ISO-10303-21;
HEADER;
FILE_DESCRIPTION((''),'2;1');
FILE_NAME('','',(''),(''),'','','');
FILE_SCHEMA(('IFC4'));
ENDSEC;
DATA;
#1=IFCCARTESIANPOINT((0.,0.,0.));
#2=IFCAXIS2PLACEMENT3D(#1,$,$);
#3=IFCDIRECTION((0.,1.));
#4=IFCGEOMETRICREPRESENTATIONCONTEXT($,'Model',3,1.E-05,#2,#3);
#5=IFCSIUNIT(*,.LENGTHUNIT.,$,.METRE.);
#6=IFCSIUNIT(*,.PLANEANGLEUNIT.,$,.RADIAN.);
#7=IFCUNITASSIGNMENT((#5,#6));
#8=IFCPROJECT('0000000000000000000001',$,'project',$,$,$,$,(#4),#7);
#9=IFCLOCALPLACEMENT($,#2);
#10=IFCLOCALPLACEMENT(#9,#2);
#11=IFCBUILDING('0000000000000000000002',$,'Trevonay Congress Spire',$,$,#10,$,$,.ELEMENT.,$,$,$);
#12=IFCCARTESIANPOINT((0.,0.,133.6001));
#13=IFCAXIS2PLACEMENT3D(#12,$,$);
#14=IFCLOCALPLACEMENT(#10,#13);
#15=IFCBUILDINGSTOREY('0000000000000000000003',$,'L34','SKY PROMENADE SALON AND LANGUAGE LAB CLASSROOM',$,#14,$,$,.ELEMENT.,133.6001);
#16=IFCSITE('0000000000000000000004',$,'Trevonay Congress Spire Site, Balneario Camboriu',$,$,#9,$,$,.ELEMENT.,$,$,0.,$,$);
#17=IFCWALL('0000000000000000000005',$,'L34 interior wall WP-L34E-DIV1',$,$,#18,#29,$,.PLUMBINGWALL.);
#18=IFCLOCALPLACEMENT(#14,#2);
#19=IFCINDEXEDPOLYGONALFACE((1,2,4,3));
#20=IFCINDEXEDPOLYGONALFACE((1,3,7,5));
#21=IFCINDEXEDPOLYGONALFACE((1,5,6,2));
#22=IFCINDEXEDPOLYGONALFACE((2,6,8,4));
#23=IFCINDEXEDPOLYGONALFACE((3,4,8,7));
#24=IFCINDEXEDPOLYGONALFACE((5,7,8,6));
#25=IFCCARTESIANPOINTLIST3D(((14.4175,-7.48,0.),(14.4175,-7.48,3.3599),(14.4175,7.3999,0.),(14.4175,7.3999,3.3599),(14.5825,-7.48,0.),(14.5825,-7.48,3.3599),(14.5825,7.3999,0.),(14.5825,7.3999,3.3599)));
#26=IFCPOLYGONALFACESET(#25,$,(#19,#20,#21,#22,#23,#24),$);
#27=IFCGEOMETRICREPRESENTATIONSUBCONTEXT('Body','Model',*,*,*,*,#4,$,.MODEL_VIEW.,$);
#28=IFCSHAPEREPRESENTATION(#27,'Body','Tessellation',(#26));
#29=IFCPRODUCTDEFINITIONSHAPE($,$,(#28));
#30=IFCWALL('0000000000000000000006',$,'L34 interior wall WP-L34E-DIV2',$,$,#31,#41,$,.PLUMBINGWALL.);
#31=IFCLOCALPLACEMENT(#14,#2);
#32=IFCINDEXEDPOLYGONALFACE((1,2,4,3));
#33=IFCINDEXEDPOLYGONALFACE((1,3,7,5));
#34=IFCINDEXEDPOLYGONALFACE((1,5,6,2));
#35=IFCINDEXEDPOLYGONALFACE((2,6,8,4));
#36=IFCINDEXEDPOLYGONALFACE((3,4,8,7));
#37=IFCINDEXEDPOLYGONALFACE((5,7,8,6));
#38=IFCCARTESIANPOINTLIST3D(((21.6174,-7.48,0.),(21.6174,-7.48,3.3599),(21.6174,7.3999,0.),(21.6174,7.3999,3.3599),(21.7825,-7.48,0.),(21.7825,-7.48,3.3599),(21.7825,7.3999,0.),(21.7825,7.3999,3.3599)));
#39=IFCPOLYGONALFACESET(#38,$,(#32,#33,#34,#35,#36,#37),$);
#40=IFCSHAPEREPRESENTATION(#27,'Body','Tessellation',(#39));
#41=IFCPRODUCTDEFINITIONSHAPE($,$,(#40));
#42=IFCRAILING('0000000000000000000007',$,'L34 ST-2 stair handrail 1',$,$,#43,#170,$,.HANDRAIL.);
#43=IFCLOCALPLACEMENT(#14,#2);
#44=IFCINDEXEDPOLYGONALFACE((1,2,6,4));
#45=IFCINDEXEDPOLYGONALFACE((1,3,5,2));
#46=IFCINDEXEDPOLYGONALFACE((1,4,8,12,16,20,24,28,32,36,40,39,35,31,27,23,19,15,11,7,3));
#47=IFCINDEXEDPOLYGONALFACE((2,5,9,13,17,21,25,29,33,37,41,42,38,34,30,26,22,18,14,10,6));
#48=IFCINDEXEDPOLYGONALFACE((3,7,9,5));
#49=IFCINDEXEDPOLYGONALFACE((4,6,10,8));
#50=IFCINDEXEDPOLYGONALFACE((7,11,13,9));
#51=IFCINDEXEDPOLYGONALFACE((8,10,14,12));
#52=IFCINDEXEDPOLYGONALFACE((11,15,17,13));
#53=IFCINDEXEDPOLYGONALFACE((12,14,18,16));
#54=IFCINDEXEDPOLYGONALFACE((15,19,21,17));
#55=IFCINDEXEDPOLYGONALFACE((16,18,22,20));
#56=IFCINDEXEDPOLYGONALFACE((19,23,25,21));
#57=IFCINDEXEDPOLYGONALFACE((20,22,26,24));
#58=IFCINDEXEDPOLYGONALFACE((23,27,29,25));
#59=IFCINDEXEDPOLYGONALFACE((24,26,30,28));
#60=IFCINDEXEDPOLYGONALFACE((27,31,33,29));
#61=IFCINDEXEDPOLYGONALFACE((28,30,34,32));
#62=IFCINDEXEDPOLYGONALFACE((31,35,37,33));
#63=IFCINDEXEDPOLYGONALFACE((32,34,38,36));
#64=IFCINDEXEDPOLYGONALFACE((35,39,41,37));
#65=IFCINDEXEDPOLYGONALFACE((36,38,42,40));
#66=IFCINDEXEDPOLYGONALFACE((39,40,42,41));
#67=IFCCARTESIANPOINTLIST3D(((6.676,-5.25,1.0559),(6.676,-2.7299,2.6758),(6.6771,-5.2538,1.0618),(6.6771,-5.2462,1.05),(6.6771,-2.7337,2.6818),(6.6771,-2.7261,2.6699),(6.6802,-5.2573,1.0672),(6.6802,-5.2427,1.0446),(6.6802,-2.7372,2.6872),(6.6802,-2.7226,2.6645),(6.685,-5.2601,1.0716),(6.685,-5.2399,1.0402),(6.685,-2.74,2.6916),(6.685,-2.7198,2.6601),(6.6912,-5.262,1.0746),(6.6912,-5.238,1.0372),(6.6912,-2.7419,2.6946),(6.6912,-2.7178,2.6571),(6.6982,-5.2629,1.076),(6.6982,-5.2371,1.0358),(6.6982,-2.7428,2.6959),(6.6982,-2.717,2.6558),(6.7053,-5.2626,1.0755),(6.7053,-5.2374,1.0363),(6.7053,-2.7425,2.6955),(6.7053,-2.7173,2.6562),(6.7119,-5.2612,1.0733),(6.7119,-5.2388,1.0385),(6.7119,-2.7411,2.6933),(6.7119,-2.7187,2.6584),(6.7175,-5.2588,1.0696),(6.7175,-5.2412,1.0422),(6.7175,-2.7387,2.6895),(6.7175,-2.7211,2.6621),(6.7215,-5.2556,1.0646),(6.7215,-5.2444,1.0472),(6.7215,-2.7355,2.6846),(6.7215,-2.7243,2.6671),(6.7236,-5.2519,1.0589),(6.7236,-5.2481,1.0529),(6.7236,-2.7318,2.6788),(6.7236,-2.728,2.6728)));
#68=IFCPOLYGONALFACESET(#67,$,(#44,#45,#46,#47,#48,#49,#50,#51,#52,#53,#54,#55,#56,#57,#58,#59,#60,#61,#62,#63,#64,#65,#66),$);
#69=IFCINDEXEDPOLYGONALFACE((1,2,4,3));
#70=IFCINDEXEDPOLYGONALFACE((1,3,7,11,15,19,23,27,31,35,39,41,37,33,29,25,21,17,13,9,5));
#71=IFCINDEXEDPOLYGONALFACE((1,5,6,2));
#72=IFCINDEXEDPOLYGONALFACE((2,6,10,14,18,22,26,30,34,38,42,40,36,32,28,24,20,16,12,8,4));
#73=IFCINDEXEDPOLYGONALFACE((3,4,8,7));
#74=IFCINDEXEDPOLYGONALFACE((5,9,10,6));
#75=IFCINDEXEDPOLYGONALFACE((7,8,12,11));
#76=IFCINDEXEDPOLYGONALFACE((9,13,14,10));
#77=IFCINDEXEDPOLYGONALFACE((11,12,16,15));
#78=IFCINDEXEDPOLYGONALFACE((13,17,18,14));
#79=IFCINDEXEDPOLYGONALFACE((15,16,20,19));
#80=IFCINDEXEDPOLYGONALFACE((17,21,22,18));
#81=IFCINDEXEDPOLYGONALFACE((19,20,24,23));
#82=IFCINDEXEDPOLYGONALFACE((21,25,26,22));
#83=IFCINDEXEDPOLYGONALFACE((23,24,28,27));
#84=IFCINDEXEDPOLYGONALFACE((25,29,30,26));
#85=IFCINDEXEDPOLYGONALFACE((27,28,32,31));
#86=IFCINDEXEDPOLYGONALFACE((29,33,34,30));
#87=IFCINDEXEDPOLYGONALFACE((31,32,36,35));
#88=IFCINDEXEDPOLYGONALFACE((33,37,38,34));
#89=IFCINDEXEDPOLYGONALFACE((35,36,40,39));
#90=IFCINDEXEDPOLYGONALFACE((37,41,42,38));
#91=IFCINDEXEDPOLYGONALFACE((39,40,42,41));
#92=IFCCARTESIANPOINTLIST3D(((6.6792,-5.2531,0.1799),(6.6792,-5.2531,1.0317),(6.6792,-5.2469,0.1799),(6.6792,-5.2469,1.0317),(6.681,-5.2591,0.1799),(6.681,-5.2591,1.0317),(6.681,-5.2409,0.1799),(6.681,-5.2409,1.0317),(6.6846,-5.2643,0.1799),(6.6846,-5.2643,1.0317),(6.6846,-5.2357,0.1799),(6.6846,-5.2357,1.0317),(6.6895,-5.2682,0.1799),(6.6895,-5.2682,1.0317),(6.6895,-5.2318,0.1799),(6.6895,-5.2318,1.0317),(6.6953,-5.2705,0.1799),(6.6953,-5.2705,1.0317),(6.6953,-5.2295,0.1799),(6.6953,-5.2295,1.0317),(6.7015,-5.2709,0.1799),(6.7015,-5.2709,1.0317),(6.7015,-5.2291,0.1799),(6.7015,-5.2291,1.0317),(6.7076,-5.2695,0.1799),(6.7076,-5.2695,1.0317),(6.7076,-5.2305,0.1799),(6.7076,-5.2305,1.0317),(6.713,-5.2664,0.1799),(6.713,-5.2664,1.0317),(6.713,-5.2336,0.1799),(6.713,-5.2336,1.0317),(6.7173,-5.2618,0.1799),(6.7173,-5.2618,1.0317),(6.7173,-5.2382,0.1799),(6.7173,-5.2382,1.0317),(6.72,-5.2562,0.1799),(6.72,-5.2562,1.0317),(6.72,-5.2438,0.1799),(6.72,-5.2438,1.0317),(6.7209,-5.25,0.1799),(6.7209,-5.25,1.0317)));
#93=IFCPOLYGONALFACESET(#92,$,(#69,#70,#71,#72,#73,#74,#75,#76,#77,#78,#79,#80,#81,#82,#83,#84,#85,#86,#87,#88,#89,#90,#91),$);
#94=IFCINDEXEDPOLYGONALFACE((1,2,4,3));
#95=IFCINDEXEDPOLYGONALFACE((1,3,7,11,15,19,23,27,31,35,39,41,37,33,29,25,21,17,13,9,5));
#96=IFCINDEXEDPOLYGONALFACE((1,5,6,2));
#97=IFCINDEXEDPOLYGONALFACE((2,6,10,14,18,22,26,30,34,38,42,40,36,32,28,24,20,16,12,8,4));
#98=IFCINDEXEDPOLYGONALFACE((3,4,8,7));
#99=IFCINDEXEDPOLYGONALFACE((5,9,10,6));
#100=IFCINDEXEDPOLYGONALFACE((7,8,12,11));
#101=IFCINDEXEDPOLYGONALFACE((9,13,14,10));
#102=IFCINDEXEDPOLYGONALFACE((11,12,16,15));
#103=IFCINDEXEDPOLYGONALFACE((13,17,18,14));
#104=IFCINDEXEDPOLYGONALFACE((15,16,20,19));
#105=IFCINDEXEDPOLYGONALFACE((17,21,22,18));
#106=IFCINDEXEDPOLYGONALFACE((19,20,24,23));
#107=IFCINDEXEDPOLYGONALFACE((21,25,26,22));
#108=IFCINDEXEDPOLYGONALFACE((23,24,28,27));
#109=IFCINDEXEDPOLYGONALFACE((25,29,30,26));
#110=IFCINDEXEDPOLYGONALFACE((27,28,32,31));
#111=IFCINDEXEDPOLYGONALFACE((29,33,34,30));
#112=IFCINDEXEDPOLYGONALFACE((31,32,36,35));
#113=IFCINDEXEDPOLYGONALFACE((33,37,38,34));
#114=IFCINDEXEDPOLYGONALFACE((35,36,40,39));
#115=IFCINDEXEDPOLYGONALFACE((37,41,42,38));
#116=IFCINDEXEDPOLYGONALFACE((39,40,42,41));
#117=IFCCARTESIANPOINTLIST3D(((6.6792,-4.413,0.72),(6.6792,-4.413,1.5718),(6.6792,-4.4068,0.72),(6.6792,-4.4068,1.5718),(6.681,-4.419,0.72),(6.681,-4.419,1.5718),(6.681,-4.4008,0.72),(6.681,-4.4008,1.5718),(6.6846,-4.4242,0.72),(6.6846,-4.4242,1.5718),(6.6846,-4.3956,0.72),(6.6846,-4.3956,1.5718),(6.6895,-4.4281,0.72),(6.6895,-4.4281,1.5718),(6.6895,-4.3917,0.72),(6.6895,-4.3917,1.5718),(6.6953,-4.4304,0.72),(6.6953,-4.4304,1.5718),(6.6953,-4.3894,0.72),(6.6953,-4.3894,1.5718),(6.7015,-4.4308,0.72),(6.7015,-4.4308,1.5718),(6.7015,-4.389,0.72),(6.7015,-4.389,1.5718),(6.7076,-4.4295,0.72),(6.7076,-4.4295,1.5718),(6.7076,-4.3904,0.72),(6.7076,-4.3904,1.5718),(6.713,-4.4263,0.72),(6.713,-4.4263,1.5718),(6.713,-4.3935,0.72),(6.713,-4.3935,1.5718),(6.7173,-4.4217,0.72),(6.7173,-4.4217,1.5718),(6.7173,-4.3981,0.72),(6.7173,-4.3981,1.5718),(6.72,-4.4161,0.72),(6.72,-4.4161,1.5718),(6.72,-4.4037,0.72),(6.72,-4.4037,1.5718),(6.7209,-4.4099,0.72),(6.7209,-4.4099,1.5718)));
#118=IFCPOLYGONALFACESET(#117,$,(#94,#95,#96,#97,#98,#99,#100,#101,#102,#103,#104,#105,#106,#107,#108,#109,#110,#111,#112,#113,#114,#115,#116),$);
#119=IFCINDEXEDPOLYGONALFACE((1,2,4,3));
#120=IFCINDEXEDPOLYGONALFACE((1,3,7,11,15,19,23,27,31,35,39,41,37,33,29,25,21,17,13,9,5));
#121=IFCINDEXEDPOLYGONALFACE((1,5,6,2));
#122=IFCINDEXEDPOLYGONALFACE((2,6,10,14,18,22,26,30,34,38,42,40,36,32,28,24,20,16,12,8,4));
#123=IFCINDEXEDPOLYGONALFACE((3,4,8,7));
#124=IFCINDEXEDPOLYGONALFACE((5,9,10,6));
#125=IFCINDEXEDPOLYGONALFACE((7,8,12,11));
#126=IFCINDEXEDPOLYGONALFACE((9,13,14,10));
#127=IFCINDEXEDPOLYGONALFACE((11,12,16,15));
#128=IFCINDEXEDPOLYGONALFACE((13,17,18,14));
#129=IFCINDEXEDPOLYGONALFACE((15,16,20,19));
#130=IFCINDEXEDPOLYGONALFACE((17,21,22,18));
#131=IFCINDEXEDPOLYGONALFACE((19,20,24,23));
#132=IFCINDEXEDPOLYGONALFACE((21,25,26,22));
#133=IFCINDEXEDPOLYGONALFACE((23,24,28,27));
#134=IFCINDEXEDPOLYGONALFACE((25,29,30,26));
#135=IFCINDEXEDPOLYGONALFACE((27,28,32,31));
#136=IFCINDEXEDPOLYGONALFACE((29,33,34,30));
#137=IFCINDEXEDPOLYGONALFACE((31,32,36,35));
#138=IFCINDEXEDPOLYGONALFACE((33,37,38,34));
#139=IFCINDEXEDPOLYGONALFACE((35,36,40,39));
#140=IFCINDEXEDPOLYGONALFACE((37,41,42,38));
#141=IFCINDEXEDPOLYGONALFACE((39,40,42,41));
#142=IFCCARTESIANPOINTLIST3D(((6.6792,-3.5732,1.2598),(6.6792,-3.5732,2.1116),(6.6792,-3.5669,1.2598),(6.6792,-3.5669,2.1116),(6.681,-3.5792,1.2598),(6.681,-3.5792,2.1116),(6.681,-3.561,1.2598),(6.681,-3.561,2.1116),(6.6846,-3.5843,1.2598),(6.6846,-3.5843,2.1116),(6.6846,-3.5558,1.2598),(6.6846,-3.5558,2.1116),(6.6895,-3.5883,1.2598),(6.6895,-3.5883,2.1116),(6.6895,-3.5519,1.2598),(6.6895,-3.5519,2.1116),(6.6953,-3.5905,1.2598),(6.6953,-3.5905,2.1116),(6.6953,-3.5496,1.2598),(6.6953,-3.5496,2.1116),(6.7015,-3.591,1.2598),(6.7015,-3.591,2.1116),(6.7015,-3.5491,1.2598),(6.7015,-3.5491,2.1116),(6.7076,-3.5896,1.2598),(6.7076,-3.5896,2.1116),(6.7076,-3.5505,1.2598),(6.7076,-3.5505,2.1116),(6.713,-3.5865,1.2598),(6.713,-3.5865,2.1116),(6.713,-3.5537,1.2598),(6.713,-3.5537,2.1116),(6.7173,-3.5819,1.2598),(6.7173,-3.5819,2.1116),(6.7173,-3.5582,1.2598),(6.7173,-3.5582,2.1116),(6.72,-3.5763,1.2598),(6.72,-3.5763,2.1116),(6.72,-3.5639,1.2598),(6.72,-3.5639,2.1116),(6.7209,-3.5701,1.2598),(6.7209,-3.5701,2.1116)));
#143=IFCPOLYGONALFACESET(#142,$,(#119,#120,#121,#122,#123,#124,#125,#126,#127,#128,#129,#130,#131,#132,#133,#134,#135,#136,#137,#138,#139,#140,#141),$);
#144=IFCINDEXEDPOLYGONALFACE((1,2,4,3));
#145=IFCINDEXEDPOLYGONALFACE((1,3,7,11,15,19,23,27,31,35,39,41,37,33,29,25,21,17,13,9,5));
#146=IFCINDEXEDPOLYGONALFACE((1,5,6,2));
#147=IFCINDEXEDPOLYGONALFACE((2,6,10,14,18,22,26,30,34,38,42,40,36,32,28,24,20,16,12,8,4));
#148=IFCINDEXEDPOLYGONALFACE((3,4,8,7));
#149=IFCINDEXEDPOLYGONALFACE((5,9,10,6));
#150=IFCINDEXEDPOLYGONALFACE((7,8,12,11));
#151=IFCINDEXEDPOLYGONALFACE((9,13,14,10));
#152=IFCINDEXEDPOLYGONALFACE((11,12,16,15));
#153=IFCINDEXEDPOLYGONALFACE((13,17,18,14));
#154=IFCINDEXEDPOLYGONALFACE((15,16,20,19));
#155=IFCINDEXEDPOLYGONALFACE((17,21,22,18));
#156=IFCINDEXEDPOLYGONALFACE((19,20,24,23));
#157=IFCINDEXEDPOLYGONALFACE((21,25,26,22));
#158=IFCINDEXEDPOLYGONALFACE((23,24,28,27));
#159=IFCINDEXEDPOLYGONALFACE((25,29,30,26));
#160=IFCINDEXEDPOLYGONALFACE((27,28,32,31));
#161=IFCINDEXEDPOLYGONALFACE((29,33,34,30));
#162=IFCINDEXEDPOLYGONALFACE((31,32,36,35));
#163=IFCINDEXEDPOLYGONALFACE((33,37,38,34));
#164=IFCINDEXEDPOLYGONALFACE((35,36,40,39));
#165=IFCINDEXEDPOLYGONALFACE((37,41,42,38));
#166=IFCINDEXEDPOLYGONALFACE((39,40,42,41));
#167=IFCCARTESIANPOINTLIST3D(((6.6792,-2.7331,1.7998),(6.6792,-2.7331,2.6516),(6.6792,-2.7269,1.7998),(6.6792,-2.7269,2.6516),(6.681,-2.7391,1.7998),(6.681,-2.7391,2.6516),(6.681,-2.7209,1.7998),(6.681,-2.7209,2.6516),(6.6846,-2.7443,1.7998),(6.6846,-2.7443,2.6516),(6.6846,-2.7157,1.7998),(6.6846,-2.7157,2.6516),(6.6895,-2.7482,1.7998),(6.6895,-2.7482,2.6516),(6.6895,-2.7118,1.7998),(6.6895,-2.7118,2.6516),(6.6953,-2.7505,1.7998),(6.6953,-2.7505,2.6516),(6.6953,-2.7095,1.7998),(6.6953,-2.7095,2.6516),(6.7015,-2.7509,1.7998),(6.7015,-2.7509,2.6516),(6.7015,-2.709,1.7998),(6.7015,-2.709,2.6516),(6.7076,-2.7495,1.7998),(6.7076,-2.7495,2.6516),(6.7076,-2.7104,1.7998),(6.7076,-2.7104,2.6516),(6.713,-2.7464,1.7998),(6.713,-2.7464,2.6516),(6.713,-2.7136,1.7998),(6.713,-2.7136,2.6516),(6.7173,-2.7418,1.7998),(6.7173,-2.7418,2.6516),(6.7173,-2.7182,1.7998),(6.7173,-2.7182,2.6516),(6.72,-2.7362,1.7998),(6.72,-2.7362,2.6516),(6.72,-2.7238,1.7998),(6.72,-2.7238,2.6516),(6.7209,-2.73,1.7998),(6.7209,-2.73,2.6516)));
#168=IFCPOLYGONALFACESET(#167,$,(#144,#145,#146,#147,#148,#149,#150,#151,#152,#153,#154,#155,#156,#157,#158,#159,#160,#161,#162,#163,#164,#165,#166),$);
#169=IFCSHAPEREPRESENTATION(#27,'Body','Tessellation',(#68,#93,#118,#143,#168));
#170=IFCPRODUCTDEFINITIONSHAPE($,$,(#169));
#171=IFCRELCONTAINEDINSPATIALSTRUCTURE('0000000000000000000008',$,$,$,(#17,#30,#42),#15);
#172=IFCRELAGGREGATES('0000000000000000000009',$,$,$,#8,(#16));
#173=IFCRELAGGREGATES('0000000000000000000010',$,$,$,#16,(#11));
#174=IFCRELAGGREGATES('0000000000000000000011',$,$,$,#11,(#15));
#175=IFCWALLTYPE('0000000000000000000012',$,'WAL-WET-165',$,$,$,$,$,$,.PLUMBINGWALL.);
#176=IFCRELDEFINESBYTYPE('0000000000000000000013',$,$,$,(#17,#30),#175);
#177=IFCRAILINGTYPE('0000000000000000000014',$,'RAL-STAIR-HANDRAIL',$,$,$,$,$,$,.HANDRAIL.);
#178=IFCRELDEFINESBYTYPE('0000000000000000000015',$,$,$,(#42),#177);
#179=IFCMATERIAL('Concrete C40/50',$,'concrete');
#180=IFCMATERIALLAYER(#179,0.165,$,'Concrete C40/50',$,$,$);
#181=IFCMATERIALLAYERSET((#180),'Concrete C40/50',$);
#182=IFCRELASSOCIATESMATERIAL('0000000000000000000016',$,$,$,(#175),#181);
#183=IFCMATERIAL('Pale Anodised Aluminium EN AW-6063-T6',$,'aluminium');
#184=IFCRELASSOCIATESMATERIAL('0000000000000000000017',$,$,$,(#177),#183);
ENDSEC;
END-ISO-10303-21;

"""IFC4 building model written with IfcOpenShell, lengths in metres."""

from ifc_helpers import new_model, si_unit, direction, frame, frame_2d, origin, origin_2d, place, context, subcontext, project, spatial, rectangle, circle, extrude, material, layer, layer_set, type_object, element, save


model = new_model("IFC4")

# Units and contexts
model_context = context("Model", 3, precision=1e-05, world=origin(), true_north=direction((0.0, 1.0)))
body_context = subcontext(model_context, "Body", "Model", "MODEL_VIEW")
ifc_project = project(units=[si_unit("LENGTHUNIT", "METRE"), si_unit("PLANEANGLEUNIT", "RADIAN")], contexts=[model_context])

# Site, building, storey
site_placement = place(None, origin())
site = spatial("IfcSite", under=ifc_project, at=site_placement, Name="Trevonay Congress Spire Site, Balneario Camboriu", CompositionType="ELEMENT", RefElevation=0.0)
building_placement = place(site_placement, origin())
building = spatial("IfcBuilding", under=site, at=building_placement, Name="Trevonay Congress Spire", CompositionType="ELEMENT")
storey_placement = place(building_placement, frame((0.0, 0.0, 133.6001)))
storey = spatial("IfcBuildingStorey", under=building, at=storey_placement, Name="L34", Description="SKY PROMENADE SALON AND LANGUAGE LAB CLASSROOM", CompositionType="ELEMENT", Elevation=133.6001)

# Shared definitions
ifc_material_1 = material(Name="Pale Anodised Aluminium EN AW-6063-T6", Category="aluminium")

# Shared definitions
ifc_material_2 = material(Name="Concrete C40/50", Category="concrete")

# Walls
ifc_layer_1 = layer(ifc_material_2, 0.165, Name="Concrete C40/50")
ifc_layer_set_1 = layer_set([ifc_layer_1], Name="Concrete C40/50")
wall_type_1 = type_object("IfcWallType", Name="WAL-WET-165", PredefinedType="PLUMBINGWALL", material=ifc_layer_set_1)
for number, where, z_axis, x_axis, name in (
    (1, (14.5, -7.48, 0.0), (0.0, 0.0, 1.0), (0.0, 1.0, 0.0), "L34 interior wall WP-L34E-DIV1"),
    (2, (21.7, -7.48, 0.0), (0.0, 0.0, 1.0), (0.0, 1.0, 0.0), "L34 interior wall WP-L34E-DIV2"),
):
    element("IfcWall", number, at=place(storey_placement, frame(where, z_axis=z_axis, x_axis=x_axis)), inside=storey, type_object=wall_type_1, Name=name, PredefinedType="PLUMBINGWALL", context=body_context, shape_type="SweptSolid", body=[
        extrude(rectangle(XDim=14.8799, YDim=0.165, at=frame_2d((7.4399, 0.0))), origin(), (0.0, 0.0, 1.0), 3.3599),
    ])

# Railing
railing_type = type_object("IfcRailingType", Name="RAL-STAIR-HANDRAIL", PredefinedType="HANDRAIL", material=ifc_material_1)
railing_placement = place(storey_placement, frame((6.7, -5.25, 0.1799)))
element("IfcRailing", 3, at=railing_placement, inside=storey, type_object=railing_type, Name="L34 ST-2 stair handrail 1", PredefinedType="HANDRAIL", context=body_context, shape_type="SweptSolid", body=[
    extrude(circle(Radius=0.0239, at=origin_2d()), frame((0.0, 0.0, 0.876), z_axis=(0.0, 0.8412, 0.540725), x_axis=(-1.0, 0.0, 0.0)), (0.0, 0.0, 1.0), 2.9958),
    extrude(circle(Radius=0.021, at=origin_2d()), origin(), (0.0, 0.0, 1.0), 0.8518),
    extrude(circle(Radius=0.021, at=origin_2d()), frame((0.0, 0.8401, 0.54)), (0.0, 0.0, 1.0), 0.8518),
    extrude(circle(Radius=0.021, at=origin_2d()), frame((0.0, 1.6799, 1.0798)), (0.0, 0.0, 1.0), 0.8518),
    extrude(circle(Radius=0.021, at=origin_2d()), frame((0.0, 2.52, 1.6199)), (0.0, 0.0, 1.0), 0.8518),
])

save(model, "model.ifc")
